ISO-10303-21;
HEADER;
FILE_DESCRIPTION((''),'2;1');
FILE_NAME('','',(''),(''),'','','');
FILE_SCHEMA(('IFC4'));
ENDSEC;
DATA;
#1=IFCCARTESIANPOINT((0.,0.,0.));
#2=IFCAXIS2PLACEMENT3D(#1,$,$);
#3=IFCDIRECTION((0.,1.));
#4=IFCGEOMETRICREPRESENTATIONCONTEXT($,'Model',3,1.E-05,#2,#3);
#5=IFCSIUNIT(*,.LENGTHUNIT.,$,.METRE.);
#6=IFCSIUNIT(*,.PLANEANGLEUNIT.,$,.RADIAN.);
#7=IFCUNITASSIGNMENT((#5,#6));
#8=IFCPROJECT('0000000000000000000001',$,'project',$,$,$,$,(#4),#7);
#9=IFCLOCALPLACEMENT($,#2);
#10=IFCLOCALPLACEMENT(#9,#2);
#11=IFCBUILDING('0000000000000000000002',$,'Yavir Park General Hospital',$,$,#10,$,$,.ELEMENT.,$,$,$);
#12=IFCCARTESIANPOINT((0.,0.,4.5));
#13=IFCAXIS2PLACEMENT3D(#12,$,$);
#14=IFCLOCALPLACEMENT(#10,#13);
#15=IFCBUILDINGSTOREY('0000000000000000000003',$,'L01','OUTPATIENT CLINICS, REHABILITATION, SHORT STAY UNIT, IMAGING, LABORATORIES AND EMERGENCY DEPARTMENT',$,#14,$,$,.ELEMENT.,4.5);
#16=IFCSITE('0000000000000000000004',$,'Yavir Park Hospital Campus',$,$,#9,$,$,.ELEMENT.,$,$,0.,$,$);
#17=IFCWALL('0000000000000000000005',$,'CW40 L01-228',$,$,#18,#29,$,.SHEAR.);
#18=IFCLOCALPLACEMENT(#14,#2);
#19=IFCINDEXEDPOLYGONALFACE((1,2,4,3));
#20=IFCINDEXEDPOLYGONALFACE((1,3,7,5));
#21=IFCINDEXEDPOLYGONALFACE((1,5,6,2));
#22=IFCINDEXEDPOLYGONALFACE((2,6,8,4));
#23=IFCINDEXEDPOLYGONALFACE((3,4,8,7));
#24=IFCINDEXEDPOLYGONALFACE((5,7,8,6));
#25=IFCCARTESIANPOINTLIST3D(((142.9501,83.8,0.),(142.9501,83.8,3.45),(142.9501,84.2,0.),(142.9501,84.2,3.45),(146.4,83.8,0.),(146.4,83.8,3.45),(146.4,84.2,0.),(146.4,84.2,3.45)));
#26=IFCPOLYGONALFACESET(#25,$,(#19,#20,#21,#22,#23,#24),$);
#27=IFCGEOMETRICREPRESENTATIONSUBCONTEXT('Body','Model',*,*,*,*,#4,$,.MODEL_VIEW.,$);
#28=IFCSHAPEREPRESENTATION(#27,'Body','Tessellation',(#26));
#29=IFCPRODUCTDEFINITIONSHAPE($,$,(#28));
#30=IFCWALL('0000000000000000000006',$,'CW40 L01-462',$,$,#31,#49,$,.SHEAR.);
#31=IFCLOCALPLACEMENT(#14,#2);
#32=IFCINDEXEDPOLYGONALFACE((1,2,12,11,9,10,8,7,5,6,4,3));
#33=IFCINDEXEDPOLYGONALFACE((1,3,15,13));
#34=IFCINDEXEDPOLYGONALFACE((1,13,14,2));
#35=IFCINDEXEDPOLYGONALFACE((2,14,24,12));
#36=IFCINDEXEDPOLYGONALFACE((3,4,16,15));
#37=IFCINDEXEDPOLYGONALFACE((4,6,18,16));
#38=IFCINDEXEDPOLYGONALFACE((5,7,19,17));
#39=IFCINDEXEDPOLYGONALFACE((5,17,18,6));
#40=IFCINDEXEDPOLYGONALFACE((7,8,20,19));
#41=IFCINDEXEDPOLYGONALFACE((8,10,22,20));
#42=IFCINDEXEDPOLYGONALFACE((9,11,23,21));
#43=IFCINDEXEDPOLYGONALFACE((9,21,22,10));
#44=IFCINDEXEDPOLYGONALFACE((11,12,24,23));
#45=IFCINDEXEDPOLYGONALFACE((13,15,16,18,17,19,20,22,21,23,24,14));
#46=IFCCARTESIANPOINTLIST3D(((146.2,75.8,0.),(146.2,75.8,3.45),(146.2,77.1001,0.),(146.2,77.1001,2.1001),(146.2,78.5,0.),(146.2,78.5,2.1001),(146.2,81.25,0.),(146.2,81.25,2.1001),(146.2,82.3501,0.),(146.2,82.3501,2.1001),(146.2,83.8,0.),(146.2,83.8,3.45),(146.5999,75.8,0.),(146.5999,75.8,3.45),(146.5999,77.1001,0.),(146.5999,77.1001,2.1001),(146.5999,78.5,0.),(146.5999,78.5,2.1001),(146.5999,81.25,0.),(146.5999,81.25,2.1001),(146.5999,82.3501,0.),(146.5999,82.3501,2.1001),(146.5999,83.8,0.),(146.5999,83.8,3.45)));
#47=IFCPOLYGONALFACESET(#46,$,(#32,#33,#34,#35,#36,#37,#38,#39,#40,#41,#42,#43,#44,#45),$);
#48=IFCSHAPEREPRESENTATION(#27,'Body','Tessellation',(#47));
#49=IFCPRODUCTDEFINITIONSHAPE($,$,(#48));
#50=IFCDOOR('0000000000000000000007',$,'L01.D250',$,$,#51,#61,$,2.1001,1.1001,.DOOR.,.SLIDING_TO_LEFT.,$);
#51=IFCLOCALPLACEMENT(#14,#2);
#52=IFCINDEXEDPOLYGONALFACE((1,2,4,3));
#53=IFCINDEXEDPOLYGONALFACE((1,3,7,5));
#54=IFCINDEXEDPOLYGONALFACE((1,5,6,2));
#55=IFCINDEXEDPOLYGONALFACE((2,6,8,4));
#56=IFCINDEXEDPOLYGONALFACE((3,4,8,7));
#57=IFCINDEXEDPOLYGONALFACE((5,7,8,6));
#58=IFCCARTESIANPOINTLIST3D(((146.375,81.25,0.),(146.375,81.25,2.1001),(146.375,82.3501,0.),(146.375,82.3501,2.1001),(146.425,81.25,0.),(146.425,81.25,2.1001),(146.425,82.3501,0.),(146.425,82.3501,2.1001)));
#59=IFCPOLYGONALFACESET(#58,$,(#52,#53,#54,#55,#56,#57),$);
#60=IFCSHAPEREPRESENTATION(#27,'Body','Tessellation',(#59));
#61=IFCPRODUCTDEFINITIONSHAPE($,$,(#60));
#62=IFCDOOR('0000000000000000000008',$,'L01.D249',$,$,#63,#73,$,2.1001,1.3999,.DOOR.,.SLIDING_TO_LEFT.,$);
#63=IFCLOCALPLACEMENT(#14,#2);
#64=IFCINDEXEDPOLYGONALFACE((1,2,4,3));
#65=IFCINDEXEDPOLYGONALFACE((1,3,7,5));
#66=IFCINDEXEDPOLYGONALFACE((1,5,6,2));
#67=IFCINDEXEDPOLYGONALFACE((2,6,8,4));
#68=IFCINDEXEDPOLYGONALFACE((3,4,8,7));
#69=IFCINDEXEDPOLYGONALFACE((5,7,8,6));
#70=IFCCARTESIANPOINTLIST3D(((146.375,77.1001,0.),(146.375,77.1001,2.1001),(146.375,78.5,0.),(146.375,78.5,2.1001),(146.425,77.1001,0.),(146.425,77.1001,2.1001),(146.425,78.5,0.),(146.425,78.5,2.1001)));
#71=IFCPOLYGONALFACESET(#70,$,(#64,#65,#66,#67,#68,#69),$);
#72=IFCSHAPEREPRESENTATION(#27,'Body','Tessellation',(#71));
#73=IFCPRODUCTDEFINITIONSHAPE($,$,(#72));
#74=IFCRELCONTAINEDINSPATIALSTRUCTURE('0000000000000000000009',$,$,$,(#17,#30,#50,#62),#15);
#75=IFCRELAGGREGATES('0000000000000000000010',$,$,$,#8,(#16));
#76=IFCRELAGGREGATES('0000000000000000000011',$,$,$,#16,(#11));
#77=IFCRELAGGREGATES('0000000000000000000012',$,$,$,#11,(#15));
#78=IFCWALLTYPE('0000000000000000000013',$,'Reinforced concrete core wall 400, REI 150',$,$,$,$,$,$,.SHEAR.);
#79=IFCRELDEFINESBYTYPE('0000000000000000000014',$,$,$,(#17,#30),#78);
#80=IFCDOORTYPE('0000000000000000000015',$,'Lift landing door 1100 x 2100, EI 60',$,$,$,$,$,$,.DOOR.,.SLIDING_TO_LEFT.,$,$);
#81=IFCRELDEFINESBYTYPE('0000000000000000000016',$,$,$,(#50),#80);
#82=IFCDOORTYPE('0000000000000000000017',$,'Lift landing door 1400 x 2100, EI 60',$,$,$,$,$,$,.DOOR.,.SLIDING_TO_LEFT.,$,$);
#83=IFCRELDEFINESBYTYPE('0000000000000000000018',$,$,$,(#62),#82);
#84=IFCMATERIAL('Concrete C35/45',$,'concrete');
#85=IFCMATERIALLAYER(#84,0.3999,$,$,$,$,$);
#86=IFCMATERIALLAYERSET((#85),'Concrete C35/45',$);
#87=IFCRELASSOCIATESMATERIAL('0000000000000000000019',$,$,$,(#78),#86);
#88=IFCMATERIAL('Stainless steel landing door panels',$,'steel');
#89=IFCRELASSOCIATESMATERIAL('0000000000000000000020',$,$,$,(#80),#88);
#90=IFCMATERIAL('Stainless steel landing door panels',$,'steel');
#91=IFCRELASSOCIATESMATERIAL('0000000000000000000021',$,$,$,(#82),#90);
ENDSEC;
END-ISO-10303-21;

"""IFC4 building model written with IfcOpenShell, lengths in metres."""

from ifc_helpers import new_model, si_unit, direction, frame, frame_2d, origin, place, context, subcontext, project, spatial, rectangle, extrude, material, layer, layer_set, type_object, element, fill, save


model = new_model("IFC4")

# Units and contexts
model_context = context("Model", 3, precision=1e-05, world=origin(), true_north=direction((0.0, 1.0)))
body_context = subcontext(model_context, "Body", "Model", "MODEL_VIEW")
ifc_project = project(units=[si_unit("LENGTHUNIT", "METRE"), si_unit("PLANEANGLEUNIT", "RADIAN")], contexts=[model_context])

# Site, building, storey
site_placement = place(None, origin())
site = spatial("IfcSite", under=ifc_project, at=site_placement, Name="Yavir Park Hospital Campus", CompositionType="ELEMENT", RefElevation=0.0)
building_placement = place(site_placement, origin())
building = spatial("IfcBuilding", under=site, at=building_placement, Name="Yavir Park General Hospital", CompositionType="ELEMENT")
storey_placement = place(building_placement, frame((0.0, 0.0, 4.5)))
storey = spatial("IfcBuildingStorey", under=building, at=storey_placement, Name="L01", Description="OUTPATIENT CLINICS, REHABILITATION, SHORT STAY UNIT, IMAGING, LABORATORIES AND EMERGENCY DEPARTMENT", CompositionType="ELEMENT", Elevation=4.5)

# Wall
ifc_material_1 = material(Name="Concrete C35/45", Category="concrete")
ifc_layer_1 = layer(ifc_material_1, 0.3999)
ifc_layer_set_1 = layer_set([ifc_layer_1], Name="Concrete C35/45")
wall_type_1 = type_object("IfcWallType", Name="Reinforced concrete core wall 400, REI 150", PredefinedType="SHEAR", material=ifc_layer_set_1)
wall_1_placement = place(storey_placement, frame((142.95, 84.0, 0.0), z_axis=(0.0, 0.0, 1.0), x_axis=(1.0, 0.0, 0.0)))
element("IfcWall", 1, at=wall_1_placement, inside=storey, type_object=wall_type_1, Name="CW40 L01-228", PredefinedType="SHEAR", context=body_context, shape_type="SweptSolid", body=[
    extrude(rectangle(XDim=3.45, YDim=0.3999, at=frame_2d((1.7251, 0.0))), origin(), (0.0, 0.0, 1.0), 3.45),
])

# Wall, openings, doors
wall_2_placement = place(storey_placement, frame((146.3999, 75.8, 0.0), z_axis=(0.0, 0.0, 1.0), x_axis=(0.0, 1.0, 0.0)))
wall_2 = element("IfcWall", 2, at=wall_2_placement, inside=storey, type_object=wall_type_1, Name="CW40 L01-462", PredefinedType="SHEAR", context=body_context, shape_type="SweptSolid", body=[
    extrude(rectangle(XDim=8.0, YDim=0.3999, at=frame_2d((4.0, 0.0))), origin(), (0.0, 0.0, 1.0), 3.45),
])
opening_1_placement = place(wall_2_placement, frame((1.3, 0.0, 0.0)))
opening_1 = element("IfcOpeningElement", 3, at=opening_1_placement, cuts=wall_2, PredefinedType="OPENING", context=body_context, shape_type="SweptSolid", body=[
    extrude(rectangle(XDim=1.3999, YDim=2.1001, at=frame_2d((0.7, 1.05))), frame((0.0, 0.21, 0.0), z_axis=(0.0, -1.0, 0.0), x_axis=(1.0, 0.0, 0.0)), (0.0, 0.0, 1.0), 0.4199),
])
opening_2_placement = place(wall_2_placement, frame((5.45, 0.0, 0.0)))
opening_2 = element("IfcOpeningElement", 4, at=opening_2_placement, cuts=wall_2, PredefinedType="OPENING", context=body_context, shape_type="SweptSolid", body=[
    extrude(rectangle(XDim=1.1001, YDim=2.1001, at=frame_2d((0.55, 1.05))), frame((0.0, 0.21, 0.0), z_axis=(0.0, -1.0, 0.0), x_axis=(1.0, 0.0, 0.0)), (0.0, 0.0, 1.0), 0.4199),
])
ifc_material_2 = material(Name="Stainless steel landing door panels", Category="steel")
door_type_1 = type_object("IfcDoorType", Name="Lift landing door 1100 x 2100, EI 60", OperationType="SLIDING_TO_LEFT", PredefinedType="DOOR", material=ifc_material_2)
door_1_placement = place(opening_2_placement, origin())
door_1 = element("IfcDoor", 5, at=door_1_placement, inside=storey, type_object=door_type_1, Name="L01.D250", OperationType="SLIDING_TO_LEFT", OverallHeight=2.1001, OverallWidth=1.1001, PredefinedType="DOOR", context=body_context, shape_type="SweptSolid", body=[
    extrude(rectangle(XDim=1.1001, YDim=2.1001, at=frame_2d((0.55, 1.05))), frame((0.0, 0.0249, 0.0), z_axis=(0.0, -1.0, 0.0), x_axis=(1.0, 0.0, 0.0)), (0.0, 0.0, 1.0), 0.05),
])
fill(opening_2, door_1)
ifc_material_3 = material(Name="Stainless steel landing door panels", Category="steel")
door_type_2 = type_object("IfcDoorType", Name="Lift landing door 1400 x 2100, EI 60", OperationType="SLIDING_TO_LEFT", PredefinedType="DOOR", material=ifc_material_3)
door_2_placement = place(opening_1_placement, origin())
door_2 = element("IfcDoor", 6, at=door_2_placement, inside=storey, type_object=door_type_2, Name="L01.D249", OperationType="SLIDING_TO_LEFT", OverallHeight=2.1001, OverallWidth=1.3999, PredefinedType="DOOR", context=body_context, shape_type="SweptSolid", body=[
    extrude(rectangle(XDim=1.3999, YDim=2.1001, at=frame_2d((0.7, 1.05))), frame((0.0, 0.0249, 0.0), z_axis=(0.0, -1.0, 0.0), x_axis=(1.0, 0.0, 0.0)), (0.0, 0.0, 1.0), 0.05),
])
fill(opening_1, door_2)

save(model, "model.ifc")
